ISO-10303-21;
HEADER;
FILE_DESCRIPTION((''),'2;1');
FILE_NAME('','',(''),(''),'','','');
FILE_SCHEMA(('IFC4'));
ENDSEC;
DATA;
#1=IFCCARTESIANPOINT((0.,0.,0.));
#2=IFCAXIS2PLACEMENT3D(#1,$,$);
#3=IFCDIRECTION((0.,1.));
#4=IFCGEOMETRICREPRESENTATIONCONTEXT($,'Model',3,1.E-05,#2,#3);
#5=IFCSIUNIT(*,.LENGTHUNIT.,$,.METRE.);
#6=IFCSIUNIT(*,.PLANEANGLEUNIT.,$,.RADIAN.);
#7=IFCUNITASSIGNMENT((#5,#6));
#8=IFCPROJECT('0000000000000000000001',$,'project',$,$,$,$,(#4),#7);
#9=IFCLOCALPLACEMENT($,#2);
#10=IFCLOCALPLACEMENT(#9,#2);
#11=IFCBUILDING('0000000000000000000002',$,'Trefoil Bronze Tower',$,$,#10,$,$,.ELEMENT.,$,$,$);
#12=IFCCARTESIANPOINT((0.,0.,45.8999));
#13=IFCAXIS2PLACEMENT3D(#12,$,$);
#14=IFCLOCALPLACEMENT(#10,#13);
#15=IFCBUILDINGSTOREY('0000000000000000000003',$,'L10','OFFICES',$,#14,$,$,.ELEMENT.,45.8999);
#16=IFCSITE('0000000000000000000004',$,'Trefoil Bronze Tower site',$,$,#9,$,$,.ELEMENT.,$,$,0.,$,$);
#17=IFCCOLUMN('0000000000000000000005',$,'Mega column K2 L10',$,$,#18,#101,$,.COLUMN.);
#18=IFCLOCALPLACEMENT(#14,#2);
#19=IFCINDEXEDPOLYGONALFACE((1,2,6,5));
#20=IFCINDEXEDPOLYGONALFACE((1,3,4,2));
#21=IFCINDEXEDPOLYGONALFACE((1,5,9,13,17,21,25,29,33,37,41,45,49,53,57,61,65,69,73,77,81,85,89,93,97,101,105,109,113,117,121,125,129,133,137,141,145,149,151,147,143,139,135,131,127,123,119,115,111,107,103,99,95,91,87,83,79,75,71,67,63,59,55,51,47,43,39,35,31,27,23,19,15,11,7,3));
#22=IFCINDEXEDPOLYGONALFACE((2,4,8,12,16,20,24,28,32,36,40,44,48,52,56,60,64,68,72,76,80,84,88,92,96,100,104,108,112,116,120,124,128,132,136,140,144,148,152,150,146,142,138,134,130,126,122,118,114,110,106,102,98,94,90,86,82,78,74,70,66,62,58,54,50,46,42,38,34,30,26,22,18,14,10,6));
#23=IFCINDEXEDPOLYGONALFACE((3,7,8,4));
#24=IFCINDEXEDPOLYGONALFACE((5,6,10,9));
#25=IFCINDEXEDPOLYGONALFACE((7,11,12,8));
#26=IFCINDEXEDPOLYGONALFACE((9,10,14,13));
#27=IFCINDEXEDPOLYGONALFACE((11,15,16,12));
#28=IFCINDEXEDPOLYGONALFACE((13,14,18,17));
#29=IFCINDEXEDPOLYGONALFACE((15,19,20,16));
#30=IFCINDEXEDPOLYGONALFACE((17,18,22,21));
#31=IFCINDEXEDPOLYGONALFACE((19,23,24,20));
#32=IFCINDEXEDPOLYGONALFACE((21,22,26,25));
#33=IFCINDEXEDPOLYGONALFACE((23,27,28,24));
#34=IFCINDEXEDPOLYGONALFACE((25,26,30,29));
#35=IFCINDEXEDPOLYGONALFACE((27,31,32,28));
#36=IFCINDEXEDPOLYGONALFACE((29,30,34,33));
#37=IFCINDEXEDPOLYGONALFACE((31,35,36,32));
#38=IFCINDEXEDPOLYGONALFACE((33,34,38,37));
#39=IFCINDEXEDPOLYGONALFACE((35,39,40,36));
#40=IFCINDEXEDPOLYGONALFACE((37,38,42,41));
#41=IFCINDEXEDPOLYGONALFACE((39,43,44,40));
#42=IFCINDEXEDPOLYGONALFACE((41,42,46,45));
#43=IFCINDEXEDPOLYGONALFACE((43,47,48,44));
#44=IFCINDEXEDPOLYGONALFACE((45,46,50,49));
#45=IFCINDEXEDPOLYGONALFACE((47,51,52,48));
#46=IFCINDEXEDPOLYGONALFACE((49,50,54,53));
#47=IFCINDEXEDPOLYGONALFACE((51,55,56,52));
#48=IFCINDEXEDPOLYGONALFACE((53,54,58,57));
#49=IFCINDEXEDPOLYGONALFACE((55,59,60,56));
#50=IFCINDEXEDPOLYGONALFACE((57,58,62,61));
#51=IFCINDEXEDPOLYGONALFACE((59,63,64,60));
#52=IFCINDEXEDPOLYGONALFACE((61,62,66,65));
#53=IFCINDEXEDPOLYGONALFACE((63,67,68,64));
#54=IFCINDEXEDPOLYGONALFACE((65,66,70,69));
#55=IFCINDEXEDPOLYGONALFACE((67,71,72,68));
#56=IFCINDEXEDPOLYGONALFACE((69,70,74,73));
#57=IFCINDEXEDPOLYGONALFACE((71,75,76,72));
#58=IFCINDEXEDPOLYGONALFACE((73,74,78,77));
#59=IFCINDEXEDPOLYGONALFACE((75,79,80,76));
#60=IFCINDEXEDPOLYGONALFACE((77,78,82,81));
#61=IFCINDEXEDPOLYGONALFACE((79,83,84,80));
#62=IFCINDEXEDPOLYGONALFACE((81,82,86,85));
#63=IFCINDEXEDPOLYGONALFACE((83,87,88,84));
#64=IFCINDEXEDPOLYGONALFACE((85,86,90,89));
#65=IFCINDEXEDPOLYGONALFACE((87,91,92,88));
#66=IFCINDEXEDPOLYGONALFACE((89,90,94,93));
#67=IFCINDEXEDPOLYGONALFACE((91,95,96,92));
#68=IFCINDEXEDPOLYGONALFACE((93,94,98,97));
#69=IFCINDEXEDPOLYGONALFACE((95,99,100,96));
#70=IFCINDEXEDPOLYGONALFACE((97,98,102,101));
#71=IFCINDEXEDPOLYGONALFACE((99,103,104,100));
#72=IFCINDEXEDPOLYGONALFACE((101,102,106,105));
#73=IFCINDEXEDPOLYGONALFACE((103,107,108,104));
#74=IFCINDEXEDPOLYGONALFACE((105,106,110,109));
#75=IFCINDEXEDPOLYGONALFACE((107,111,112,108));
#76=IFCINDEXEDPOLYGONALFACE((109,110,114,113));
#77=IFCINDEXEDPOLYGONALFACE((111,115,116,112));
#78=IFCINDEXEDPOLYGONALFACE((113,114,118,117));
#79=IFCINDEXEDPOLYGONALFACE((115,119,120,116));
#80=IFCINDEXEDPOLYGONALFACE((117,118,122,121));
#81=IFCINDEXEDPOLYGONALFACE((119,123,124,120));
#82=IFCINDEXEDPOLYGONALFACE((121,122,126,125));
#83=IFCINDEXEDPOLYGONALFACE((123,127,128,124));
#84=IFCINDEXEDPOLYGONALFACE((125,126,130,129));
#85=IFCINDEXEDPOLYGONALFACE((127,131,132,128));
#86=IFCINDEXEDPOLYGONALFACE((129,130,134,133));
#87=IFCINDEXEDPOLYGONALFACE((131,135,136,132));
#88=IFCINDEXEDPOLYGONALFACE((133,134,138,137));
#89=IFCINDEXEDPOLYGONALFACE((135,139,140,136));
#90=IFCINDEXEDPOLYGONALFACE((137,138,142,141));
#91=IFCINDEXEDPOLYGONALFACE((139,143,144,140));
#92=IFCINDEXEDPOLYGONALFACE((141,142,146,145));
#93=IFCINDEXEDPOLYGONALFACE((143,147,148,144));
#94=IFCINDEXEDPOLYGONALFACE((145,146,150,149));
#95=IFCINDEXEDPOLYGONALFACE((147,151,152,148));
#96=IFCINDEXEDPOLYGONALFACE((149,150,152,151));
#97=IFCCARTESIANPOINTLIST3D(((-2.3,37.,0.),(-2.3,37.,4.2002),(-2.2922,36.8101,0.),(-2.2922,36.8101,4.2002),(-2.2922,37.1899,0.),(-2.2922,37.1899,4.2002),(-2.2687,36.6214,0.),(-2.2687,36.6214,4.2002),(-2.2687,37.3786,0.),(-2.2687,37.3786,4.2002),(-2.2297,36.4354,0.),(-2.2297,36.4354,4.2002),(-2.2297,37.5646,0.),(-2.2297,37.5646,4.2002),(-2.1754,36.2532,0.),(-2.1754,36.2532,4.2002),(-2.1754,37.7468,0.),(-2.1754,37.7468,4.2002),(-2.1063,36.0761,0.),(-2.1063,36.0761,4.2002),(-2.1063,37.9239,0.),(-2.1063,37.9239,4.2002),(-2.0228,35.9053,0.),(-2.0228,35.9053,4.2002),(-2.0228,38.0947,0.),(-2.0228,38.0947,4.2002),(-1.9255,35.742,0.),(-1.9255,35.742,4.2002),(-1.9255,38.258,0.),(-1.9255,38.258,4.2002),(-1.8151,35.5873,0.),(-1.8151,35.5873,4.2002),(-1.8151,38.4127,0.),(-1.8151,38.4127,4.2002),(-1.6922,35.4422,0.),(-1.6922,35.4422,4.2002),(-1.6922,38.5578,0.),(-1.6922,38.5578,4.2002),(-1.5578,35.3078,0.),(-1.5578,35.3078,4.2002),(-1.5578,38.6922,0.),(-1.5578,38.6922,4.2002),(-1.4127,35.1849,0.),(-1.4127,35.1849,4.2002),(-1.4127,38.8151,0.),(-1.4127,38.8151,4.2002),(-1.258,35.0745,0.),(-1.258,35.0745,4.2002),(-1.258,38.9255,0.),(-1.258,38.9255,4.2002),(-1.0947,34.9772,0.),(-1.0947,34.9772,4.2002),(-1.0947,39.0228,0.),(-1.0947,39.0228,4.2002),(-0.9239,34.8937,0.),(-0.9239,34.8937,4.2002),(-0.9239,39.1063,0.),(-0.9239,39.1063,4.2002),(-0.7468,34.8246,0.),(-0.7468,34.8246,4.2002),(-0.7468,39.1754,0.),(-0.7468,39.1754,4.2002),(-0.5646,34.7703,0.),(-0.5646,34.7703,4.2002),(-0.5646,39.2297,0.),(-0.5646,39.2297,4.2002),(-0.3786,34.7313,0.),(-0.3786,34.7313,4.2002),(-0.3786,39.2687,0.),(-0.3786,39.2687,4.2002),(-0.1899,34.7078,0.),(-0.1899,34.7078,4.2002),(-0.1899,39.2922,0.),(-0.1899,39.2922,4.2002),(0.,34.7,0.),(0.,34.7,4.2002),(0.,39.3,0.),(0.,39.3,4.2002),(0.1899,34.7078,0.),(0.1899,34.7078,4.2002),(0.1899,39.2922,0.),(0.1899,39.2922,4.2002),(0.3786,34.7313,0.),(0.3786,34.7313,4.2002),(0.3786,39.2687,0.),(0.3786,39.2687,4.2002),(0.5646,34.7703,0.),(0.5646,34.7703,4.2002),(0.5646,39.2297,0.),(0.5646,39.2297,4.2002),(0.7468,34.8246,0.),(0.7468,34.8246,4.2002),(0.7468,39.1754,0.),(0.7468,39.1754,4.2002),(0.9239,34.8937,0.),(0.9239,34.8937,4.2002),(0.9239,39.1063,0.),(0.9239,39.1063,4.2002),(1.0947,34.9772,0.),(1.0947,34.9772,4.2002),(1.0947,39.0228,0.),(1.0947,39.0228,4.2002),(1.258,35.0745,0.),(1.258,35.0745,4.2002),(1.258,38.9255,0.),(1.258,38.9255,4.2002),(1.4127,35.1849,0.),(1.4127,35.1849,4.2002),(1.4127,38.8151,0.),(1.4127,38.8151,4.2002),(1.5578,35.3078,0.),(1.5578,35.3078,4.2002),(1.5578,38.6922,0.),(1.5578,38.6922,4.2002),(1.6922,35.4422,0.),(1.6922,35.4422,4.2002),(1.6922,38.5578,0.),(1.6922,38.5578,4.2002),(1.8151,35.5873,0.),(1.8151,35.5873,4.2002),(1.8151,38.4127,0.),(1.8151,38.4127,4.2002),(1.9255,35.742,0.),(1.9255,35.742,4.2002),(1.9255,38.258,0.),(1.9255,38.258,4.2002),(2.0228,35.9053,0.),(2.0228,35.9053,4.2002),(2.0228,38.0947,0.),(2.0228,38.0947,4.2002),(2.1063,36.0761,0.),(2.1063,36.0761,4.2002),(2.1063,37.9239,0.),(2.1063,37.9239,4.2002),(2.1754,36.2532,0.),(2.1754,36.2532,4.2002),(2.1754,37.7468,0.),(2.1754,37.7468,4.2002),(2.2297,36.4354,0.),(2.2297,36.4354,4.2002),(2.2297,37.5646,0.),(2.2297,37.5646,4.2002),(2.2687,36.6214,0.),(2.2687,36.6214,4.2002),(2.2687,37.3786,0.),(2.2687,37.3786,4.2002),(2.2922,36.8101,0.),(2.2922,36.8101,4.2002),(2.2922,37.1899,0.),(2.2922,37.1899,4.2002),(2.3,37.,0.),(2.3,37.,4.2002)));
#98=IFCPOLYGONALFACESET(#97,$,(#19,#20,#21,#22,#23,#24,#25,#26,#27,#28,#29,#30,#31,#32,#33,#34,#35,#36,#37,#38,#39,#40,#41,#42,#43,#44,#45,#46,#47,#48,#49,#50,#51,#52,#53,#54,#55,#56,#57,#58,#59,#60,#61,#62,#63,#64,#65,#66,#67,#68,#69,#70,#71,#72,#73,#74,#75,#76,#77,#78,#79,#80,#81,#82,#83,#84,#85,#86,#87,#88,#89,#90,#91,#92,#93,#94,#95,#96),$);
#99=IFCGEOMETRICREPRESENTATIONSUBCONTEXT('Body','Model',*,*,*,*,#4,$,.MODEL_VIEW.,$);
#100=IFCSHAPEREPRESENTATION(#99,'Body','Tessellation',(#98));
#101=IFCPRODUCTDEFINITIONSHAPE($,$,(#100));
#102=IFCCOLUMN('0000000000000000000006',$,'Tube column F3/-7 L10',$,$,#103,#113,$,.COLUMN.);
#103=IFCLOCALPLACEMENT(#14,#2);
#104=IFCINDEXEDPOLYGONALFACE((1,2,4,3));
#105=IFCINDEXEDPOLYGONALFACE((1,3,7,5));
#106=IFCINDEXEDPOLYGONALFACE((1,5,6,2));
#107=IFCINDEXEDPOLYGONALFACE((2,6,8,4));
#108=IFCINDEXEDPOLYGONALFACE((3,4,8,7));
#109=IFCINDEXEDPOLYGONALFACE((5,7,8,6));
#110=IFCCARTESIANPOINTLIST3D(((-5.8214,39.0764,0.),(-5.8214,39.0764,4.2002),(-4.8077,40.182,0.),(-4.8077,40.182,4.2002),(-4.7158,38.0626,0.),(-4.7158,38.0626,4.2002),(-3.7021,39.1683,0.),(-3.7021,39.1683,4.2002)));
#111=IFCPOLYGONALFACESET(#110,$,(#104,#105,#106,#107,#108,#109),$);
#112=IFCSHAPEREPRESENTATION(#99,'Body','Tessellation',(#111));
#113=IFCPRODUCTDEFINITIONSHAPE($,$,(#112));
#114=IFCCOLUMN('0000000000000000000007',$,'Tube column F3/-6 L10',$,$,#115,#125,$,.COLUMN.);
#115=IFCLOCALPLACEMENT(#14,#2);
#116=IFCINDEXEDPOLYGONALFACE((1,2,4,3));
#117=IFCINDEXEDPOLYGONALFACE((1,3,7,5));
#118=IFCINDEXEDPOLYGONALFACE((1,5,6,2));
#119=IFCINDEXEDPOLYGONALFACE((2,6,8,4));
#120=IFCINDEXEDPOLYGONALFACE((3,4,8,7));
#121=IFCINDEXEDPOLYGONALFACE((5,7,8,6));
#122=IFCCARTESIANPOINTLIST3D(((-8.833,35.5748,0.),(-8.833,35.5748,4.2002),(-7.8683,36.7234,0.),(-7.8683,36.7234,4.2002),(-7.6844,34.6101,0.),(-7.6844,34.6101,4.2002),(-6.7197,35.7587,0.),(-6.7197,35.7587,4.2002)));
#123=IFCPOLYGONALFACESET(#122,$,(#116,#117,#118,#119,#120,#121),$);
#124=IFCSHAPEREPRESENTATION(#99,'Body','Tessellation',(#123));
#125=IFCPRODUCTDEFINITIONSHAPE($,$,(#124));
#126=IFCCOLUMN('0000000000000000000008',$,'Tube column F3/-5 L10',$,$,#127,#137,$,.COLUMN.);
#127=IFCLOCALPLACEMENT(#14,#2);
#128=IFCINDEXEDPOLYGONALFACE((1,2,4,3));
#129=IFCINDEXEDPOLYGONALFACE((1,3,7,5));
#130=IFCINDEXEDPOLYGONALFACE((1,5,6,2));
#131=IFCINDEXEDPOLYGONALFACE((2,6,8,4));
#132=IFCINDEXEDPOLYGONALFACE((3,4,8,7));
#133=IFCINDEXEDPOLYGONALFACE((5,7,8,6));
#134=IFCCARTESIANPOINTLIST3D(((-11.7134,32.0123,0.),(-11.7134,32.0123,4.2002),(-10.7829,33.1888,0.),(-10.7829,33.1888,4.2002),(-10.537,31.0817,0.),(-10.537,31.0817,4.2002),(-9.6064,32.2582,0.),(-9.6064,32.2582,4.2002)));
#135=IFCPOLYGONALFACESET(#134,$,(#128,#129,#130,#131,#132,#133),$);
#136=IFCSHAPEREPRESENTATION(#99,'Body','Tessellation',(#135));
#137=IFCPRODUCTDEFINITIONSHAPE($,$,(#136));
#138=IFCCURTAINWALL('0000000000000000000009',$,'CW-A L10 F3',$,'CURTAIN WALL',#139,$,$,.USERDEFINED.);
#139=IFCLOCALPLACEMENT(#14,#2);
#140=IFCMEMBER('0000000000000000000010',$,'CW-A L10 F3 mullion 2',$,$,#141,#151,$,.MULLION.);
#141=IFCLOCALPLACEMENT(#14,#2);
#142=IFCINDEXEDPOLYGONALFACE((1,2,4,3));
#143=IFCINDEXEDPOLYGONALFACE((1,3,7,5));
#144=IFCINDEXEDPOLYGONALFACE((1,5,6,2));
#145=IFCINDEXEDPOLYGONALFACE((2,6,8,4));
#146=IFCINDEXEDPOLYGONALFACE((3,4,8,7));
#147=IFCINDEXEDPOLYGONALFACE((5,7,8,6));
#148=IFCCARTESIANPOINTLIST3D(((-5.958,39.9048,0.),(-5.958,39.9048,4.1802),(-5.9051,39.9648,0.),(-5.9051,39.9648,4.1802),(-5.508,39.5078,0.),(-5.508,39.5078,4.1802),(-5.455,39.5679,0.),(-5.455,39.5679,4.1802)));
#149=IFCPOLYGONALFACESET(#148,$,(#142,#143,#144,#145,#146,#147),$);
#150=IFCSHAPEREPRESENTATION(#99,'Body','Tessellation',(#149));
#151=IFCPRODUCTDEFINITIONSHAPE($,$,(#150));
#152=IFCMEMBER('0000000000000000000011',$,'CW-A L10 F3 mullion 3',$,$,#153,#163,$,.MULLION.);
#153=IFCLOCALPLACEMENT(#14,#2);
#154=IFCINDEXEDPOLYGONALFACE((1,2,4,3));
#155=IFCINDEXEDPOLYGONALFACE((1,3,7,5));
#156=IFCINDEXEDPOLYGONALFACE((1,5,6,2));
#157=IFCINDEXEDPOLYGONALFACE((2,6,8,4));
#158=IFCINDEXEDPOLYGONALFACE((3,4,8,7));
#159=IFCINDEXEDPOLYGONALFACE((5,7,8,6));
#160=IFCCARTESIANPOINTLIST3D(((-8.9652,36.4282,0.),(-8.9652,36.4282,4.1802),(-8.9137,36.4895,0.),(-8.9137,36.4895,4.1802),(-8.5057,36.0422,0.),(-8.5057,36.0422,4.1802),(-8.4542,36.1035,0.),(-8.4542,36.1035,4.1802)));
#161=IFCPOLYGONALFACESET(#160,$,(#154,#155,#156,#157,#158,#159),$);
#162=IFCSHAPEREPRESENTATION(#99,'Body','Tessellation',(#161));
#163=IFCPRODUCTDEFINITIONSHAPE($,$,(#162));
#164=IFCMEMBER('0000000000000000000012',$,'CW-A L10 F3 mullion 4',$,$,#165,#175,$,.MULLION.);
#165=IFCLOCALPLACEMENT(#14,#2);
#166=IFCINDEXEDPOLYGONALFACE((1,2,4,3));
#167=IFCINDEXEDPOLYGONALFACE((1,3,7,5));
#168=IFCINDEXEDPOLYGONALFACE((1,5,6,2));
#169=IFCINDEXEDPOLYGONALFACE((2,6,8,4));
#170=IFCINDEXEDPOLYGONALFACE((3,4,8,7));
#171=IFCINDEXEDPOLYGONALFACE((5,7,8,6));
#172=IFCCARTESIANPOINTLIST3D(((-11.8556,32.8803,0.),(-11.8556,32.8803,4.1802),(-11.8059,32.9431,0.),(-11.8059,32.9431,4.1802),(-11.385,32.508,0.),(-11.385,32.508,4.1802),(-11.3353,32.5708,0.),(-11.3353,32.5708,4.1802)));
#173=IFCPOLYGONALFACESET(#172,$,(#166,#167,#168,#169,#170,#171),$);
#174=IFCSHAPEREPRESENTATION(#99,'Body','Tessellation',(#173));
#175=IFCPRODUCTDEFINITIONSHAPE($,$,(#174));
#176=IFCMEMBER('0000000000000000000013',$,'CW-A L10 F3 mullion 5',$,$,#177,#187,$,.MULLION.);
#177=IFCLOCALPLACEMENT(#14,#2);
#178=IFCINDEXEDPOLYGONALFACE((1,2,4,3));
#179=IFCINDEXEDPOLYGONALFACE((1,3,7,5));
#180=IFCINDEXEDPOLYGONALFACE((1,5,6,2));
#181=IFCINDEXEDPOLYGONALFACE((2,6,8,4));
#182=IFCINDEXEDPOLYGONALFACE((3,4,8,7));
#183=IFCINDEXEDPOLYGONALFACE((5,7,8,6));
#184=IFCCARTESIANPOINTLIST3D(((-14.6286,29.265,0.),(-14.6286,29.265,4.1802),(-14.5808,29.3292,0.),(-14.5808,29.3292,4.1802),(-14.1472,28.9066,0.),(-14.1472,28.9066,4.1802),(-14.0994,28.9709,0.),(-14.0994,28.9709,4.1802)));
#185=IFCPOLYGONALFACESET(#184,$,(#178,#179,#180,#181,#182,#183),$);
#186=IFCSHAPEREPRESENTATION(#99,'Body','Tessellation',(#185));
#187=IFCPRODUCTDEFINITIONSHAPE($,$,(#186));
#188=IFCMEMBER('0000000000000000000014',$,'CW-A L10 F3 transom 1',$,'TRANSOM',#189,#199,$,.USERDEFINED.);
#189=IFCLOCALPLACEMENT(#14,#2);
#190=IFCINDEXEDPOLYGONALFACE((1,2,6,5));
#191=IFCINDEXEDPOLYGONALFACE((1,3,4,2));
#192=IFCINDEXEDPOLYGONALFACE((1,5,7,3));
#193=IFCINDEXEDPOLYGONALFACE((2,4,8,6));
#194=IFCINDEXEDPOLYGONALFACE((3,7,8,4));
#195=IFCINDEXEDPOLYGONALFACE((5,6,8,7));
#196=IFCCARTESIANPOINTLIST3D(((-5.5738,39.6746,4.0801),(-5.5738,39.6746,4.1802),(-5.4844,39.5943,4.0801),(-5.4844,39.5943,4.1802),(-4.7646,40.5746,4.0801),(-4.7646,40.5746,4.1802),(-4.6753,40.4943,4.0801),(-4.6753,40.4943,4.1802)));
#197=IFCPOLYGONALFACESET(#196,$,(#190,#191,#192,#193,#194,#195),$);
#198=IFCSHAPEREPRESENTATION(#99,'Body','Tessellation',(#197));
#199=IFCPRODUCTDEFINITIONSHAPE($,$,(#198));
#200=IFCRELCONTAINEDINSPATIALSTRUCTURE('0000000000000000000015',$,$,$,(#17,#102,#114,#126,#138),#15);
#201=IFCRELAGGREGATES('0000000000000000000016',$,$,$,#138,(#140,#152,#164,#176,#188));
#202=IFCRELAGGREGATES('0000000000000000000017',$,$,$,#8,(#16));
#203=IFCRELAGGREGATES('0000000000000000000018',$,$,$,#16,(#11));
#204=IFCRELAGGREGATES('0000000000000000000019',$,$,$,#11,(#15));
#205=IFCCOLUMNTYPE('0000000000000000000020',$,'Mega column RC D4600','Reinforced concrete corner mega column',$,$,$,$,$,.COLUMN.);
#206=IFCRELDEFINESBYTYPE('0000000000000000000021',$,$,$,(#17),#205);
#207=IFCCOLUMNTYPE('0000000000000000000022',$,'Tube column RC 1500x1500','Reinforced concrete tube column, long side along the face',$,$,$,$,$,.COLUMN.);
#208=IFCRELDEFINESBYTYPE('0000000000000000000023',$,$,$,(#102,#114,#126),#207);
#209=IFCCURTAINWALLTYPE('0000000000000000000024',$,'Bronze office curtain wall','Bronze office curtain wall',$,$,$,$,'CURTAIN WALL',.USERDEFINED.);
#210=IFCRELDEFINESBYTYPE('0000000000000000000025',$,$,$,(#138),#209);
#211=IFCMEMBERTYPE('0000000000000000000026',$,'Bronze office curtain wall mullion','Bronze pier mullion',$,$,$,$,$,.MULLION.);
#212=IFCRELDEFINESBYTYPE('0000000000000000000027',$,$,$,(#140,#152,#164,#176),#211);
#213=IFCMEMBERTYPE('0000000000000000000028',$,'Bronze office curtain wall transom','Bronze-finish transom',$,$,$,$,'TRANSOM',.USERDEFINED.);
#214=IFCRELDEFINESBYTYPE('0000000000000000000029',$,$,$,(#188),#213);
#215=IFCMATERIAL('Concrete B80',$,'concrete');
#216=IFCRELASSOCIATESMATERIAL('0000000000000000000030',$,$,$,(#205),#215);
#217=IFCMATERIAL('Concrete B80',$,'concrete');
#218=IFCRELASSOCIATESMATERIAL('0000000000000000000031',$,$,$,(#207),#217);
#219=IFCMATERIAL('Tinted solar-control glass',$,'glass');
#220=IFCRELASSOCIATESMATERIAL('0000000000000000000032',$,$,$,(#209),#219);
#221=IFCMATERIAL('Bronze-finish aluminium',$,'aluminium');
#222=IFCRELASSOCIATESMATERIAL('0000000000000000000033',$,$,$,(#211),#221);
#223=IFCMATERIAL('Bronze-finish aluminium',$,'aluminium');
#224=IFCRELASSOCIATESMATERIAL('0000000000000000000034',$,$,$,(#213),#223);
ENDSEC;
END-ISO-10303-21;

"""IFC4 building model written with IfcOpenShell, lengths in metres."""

from ifc_helpers import new_model, si_unit, direction, frame, origin, origin_2d, place, context, subcontext, project, spatial, rectangle, circle, extrude, material, material_profile, profile_set, type_object, element, aggregate, save


model = new_model("IFC4")

# Units and contexts
model_context = context("Model", 3, precision=1e-05, world=origin(), true_north=direction((0.0, 1.0)))
body_context = subcontext(model_context, "Body", "Model", "MODEL_VIEW")
ifc_project = project(units=[si_unit("LENGTHUNIT", "METRE"), si_unit("PLANEANGLEUNIT", "RADIAN")], contexts=[model_context])

# Site, building, storey
site_placement = place(None, origin())
site = spatial("IfcSite", under=ifc_project, at=site_placement, Name="Trefoil Bronze Tower site", CompositionType="ELEMENT", RefElevation=0.0)
building_placement = place(site_placement, origin())
building = spatial("IfcBuilding", under=site, at=building_placement, Name="Trefoil Bronze Tower", CompositionType="ELEMENT")
storey_placement = place(building_placement, frame((0.0, 0.0, 45.8999)))
storey = spatial("IfcBuildingStorey", under=building, at=storey_placement, Name="L10", Description="OFFICES", CompositionType="ELEMENT", Elevation=45.8999)

# Columns
ifc_material_1 = material(Name="Concrete B80", Category="concrete")
ifc_material_profile_1 = material_profile(ifc_material_1, circle(Radius=2.3, at=origin_2d()), Name="RC D4600")
ifc_profile_set_1 = profile_set([ifc_material_profile_1], Name="Concrete B80")
column_type_1 = type_object("IfcColumnType", Name="Mega column RC D4600", Description="Reinforced concrete corner mega column", PredefinedType="COLUMN", material=ifc_profile_set_1)
column_placement = place(storey_placement, frame((0.0, 37.0, 0.0), z_axis=(0.0, 0.0, 1.0), x_axis=(1.0, 0.0, 0.0)))
element("IfcColumn", 1, at=column_placement, inside=storey, type_object=column_type_1, Name="Mega column K2 L10", PredefinedType="COLUMN", context=body_context, shape_type="SweptSolid", body=[
    extrude(circle(Radius=2.3, at=origin_2d()), origin(), (0.0, 0.0, 1.0), 4.2002),
])
ifc_material_2 = material(Name="Concrete B80", Category="concrete")
ifc_material_profile_2 = material_profile(ifc_material_2, rectangle(XDim=1.5, YDim=1.5, at=origin_2d()), Name="RC 1500x1500")
ifc_profile_set_2 = profile_set([ifc_material_profile_2], Name="Concrete B80")
column_type_2 = type_object("IfcColumnType", Name="Tube column RC 1500x1500", Description="Reinforced concrete tube column, long side along the face", PredefinedType="COLUMN", material=ifc_profile_set_2)
for number, where, z_axis, x_axis, name in (
    (2, (-4.7617, 39.1223, 0.0), (0.0, 0.0, 1.0), (-0.675816, -0.73707, 0.0), "Tube column F3/-7 L10"),
    (3, (-7.7764, 35.6667, 0.0), (0.0, 0.0, 1.0), (-0.643163, -0.765729, 0.0), "Tube column F3/-6 L10"),
    (4, (-10.6599, 32.1353, 0.0), (0.0, 0.0, 1.0), (-0.620376, -0.784305, 0.0), "Tube column F3/-5 L10"),
):
    element("IfcColumn", number, at=place(storey_placement, frame(where, z_axis=z_axis, x_axis=x_axis)), inside=storey, type_object=column_type_2, Name=name, PredefinedType="COLUMN", context=body_context, shape_type="SweptSolid", body=[
        extrude(rectangle(XDim=1.5, YDim=1.5, at=origin_2d()), origin(), (0.0, 0.0, 1.0), 4.2002),
    ])

# Curtain wall, members
ifc_material_3 = material(Name="Tinted solar-control glass", Category="glass")
curtain_wall_type_1 = type_object("IfcCurtainWallType", Name="Bronze office curtain wall", Description="Bronze office curtain wall", ElementType="CURTAIN WALL", PredefinedType="USERDEFINED", material=ifc_material_3)
curtain_wall_1_placement = place(storey_placement, origin())
curtain_wall_1 = element("IfcCurtainWall", 5, at=curtain_wall_1_placement, inside=storey, type_object=curtain_wall_type_1, Name="CW-A L10 F3", ObjectType="CURTAIN WALL", PredefinedType="USERDEFINED")
ifc_material_4 = material(Name="Bronze-finish aluminium", Category="aluminium")
ifc_material_profile_3 = material_profile(ifc_material_4, rectangle(XDim=0.6001, YDim=0.0801, at=origin_2d()), Name="CW-A mullion")
ifc_profile_set_3 = profile_set([ifc_material_profile_3], Name="Bronze-finish aluminium")
member_type_1 = type_object("IfcMemberType", Name="Bronze office curtain wall mullion", Description="Bronze pier mullion", PredefinedType="MULLION", material=ifc_profile_set_3)
member_1_placement = place(storey_placement, frame((-5.7065, 39.7363, 0.0), z_axis=(0.0, 0.0, 1.0), x_axis=(0.749941, -0.661505, 0.0)))
member_1 = element("IfcMember", 6, at=member_1_placement, type_object=member_type_1, Name="CW-A L10 F3 mullion 2", PredefinedType="MULLION", context=body_context, shape_type="SweptSolid", body=[
    extrude(rectangle(XDim=0.6001, YDim=0.0801, at=origin_2d()), origin(), (0.0, 0.0, 1.0), 4.1802),
])
member_2_placement = place(storey_placement, frame((-8.7097, 36.2659, 0.0), z_axis=(0.0, 0.0, 1.0), x_axis=(0.765729, -0.643163, 0.0)))
member_2 = element("IfcMember", 7, at=member_2_placement, type_object=member_type_1, Name="CW-A L10 F3 mullion 3", PredefinedType="MULLION", context=body_context, shape_type="SweptSolid", body=[
    extrude(rectangle(XDim=0.6001, YDim=0.0801, at=origin_2d()), origin(), (0.0, 0.0, 1.0), 4.1802),
])
member_3_placement = place(storey_placement, frame((-11.5955, 32.7256, 0.0), z_axis=(0.0, 0.0, 1.0), x_axis=(0.784305, -0.620376, 0.0)))
member_3 = element("IfcMember", 8, at=member_3_placement, type_object=member_type_1, Name="CW-A L10 F3 mullion 4", PredefinedType="MULLION", context=body_context, shape_type="SweptSolid", body=[
    extrude(rectangle(XDim=0.6001, YDim=0.0801, at=origin_2d()), origin(), (0.0, 0.0, 1.0), 4.1802),
])
member_4_placement = place(storey_placement, frame((-14.364, 29.1179, 0.0), z_axis=(0.0, 0.0, 1.0), x_axis=(0.802127, -0.597154, 0.0)))
member_4 = element("IfcMember", 9, at=member_4_placement, type_object=member_type_1, Name="CW-A L10 F3 mullion 5", PredefinedType="MULLION", context=body_context, shape_type="SweptSolid", body=[
    extrude(rectangle(XDim=0.6001, YDim=0.0801, at=origin_2d()), origin(), (0.0, 0.0, 1.0), 4.1802),
])
ifc_material_5 = material(Name="Bronze-finish aluminium", Category="aluminium")
ifc_material_profile_4 = material_profile(ifc_material_5, rectangle(XDim=0.1201, YDim=0.1001, at=origin_2d()), Name="CW-A transom")
ifc_profile_set_4 = profile_set([ifc_material_profile_4], Name="Bronze-finish aluminium")
member_type_2 = type_object("IfcMemberType", Name="Bronze office curtain wall transom", Description="Bronze-finish transom", ElementType="TRANSOM", PredefinedType="USERDEFINED", material=ifc_profile_set_4)
member_5_placement = place(storey_placement, frame((-4.72, 40.5344, 4.1301), z_axis=(-0.668586, -0.743635, 0.0), x_axis=(0.743635, -0.668586, 0.0)))
member_5 = element("IfcMember", 10, at=member_5_placement, type_object=member_type_2, Name="CW-A L10 F3 transom 1", ObjectType="TRANSOM", PredefinedType="USERDEFINED", context=body_context, shape_type="SweptSolid", body=[
    extrude(rectangle(XDim=0.1201, YDim=0.1001, at=origin_2d()), origin(), (0.0, 0.0, 1.0), 1.2102),
])

aggregate(curtain_wall_1, [member_1, member_2, member_3, member_4, member_5])

save(model, "model.ifc")
